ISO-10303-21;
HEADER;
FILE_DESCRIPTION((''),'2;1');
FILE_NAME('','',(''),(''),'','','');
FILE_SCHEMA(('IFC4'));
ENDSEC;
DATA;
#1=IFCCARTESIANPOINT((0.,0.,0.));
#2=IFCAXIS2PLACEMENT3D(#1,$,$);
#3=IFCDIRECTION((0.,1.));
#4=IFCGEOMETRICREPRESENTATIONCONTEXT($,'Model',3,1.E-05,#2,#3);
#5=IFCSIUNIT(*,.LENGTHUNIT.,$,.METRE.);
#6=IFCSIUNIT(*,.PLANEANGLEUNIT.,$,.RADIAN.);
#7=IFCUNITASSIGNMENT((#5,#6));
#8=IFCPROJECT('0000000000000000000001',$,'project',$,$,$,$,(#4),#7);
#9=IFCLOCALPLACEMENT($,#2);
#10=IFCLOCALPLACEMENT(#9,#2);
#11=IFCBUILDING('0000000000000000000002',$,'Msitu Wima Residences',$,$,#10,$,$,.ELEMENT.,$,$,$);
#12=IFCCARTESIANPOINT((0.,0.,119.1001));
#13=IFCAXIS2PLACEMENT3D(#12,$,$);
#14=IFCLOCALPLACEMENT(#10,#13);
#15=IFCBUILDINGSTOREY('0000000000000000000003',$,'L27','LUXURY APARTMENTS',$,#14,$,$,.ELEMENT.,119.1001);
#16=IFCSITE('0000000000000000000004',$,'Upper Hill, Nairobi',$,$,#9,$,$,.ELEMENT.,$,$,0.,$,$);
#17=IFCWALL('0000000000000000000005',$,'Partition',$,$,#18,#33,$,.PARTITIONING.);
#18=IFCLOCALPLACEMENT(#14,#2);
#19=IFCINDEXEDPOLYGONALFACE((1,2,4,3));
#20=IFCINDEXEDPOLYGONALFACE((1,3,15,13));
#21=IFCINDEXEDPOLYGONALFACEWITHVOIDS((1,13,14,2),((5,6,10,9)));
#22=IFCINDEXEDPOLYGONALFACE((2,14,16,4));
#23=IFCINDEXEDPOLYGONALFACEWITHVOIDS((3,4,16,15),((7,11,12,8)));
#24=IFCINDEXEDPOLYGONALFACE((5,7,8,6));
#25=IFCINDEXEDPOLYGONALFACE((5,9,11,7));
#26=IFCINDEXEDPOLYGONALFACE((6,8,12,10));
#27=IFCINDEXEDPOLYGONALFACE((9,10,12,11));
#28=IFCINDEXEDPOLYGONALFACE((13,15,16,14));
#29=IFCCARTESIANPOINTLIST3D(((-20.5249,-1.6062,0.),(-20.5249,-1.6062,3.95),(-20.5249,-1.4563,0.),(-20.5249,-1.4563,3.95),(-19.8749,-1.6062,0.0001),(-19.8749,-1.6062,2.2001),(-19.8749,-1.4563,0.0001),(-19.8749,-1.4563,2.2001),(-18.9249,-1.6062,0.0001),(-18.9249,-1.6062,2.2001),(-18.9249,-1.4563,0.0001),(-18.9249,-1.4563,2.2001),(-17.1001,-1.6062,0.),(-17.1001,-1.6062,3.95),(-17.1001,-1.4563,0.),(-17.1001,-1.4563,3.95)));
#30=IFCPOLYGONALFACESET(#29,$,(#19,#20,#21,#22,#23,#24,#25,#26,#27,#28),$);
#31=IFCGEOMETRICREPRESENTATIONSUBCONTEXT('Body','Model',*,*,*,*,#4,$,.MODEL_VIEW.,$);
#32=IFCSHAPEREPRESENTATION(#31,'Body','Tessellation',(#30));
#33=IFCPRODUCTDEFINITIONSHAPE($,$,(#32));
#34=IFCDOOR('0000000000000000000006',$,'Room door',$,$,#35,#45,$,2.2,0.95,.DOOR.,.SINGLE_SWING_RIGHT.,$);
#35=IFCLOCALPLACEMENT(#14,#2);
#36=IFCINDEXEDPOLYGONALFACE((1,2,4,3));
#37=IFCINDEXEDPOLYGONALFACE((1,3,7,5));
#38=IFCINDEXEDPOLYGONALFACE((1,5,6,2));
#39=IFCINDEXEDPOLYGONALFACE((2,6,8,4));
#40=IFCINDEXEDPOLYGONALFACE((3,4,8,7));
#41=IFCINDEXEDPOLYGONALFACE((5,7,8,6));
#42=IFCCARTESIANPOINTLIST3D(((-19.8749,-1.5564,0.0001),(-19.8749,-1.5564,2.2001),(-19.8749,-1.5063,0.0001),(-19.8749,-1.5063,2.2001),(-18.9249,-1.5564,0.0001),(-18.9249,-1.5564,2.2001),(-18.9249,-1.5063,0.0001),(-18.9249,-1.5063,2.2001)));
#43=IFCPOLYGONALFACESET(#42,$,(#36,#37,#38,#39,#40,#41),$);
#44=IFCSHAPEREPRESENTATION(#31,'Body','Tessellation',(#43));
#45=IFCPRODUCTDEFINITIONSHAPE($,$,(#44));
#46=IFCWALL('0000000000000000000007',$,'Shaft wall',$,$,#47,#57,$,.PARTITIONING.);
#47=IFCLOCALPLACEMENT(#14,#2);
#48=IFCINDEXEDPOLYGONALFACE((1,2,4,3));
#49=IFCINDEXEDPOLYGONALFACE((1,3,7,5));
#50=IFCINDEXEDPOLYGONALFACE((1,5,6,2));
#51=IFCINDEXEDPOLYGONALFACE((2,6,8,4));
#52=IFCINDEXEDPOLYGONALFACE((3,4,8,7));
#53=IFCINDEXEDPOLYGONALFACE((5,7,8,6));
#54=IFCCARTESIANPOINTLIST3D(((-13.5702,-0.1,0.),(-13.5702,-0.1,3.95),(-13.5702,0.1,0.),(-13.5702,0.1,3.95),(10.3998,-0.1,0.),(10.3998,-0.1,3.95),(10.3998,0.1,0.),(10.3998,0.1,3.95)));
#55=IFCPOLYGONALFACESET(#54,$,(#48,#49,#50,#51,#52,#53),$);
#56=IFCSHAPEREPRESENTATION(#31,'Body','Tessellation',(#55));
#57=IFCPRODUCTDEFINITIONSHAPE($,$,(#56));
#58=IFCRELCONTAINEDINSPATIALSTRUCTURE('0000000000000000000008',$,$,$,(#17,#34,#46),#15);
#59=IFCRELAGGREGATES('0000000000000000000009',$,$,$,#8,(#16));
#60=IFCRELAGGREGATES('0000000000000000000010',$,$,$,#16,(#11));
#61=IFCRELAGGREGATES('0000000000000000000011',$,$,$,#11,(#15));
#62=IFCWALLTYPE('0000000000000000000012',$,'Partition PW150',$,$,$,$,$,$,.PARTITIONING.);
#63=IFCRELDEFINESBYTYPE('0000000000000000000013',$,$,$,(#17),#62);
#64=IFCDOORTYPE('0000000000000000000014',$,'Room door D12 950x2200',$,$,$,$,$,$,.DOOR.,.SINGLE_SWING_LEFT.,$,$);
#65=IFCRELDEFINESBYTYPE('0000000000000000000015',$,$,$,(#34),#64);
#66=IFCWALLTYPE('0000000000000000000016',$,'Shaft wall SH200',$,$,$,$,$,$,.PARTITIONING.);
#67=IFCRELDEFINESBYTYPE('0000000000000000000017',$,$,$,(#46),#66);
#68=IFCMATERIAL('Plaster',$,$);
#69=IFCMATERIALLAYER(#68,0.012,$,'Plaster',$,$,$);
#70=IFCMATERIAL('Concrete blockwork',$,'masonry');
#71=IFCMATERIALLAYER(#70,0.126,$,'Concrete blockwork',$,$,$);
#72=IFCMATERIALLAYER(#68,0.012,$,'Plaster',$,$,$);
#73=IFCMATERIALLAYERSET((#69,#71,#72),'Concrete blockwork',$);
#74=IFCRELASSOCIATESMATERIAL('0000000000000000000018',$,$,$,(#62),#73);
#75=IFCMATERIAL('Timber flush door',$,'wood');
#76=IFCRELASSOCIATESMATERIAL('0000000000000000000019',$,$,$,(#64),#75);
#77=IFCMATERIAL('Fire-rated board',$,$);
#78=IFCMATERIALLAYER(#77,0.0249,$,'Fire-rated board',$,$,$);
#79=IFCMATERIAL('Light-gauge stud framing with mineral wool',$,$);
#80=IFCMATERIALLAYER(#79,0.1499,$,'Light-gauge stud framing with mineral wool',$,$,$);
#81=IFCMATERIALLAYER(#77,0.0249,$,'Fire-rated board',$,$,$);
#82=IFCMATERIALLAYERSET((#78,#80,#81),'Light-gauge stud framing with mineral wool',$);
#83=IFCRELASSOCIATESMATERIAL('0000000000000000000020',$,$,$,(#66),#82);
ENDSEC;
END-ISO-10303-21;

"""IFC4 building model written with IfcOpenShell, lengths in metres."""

from ifc_helpers import new_model, si_unit, direction, frame, frame_2d, origin, place, context, subcontext, project, spatial, rectangle, extrude, material, layer, layer_set, type_object, element, fill, save


model = new_model("IFC4")

# Units and contexts
model_context = context("Model", 3, precision=1e-05, world=origin(), true_north=direction((0.0, 1.0)))
body_context = subcontext(model_context, "Body", "Model", "MODEL_VIEW")
ifc_project = project(units=[si_unit("LENGTHUNIT", "METRE"), si_unit("PLANEANGLEUNIT", "RADIAN")], contexts=[model_context])

# Site, building, storey
site_placement = place(None, origin())
site = spatial("IfcSite", under=ifc_project, at=site_placement, Name="Upper Hill, Nairobi", CompositionType="ELEMENT", RefElevation=0.0)
building_placement = place(site_placement, origin())
building = spatial("IfcBuilding", under=site, at=building_placement, Name="Msitu Wima Residences", CompositionType="ELEMENT")
storey_placement = place(building_placement, frame((0.0, 0.0, 119.1001)))
storey = spatial("IfcBuildingStorey", under=building, at=storey_placement, Name="L27", Description="LUXURY APARTMENTS", CompositionType="ELEMENT", Elevation=119.1001)

# Wall, opening, door
ifc_material_1 = material(Name="Plaster")
ifc_layer_1 = layer(ifc_material_1, 0.012, Name="Plaster")
ifc_material_2 = material(Name="Concrete blockwork", Category="masonry")
ifc_layer_2 = layer(ifc_material_2, 0.126, Name="Concrete blockwork")
ifc_layer_3 = layer(ifc_material_1, 0.012, Name="Plaster")
ifc_layer_set_1 = layer_set([ifc_layer_1, ifc_layer_2, ifc_layer_3], Name="Concrete blockwork")
wall_type_1 = type_object("IfcWallType", Name="Partition PW150", PredefinedType="PARTITIONING", material=ifc_layer_set_1)
wall_1_placement = place(storey_placement, frame((-20.5249, -1.5312, 0.0), z_axis=(0.0, 0.0, 1.0), x_axis=(1.0, 0.0, 0.0)))
wall_1 = element("IfcWall", 1, at=wall_1_placement, inside=storey, type_object=wall_type_1, Name="Partition", PredefinedType="PARTITIONING", context=body_context, shape_type="SweptSolid", body=[
    extrude(rectangle(XDim=3.4248, YDim=0.1499, at=frame_2d((1.7124, 0.0))), origin(), (0.0, 0.0, 1.0), 3.95),
])
opening_1_placement = place(wall_1_placement, frame((0.6499, 0.0, 0.0)))
opening_1 = element("IfcOpeningElement", 2, at=opening_1_placement, cuts=wall_1, PredefinedType="OPENING", context=body_context, shape_type="SweptSolid", body=[
    extrude(rectangle(XDim=0.95, YDim=2.2, at=frame_2d((0.4751, 1.1001))), frame((0.0, 0.085, 0.0), z_axis=(0.0, -1.0, 0.0), x_axis=(1.0, 0.0, 0.0)), (0.0, 0.0, 1.0), 0.1699),
])
ifc_material_3 = material(Name="Timber flush door", Category="wood")
door_type_1 = type_object("IfcDoorType", Name="Room door D12 950x2200", OperationType="SINGLE_SWING_LEFT", PredefinedType="DOOR", material=ifc_material_3)
door_1_placement = place(opening_1_placement, origin())
door_1 = element("IfcDoor", 3, at=door_1_placement, inside=storey, type_object=door_type_1, Name="Room door", OperationType="SINGLE_SWING_RIGHT", OverallHeight=2.2, OverallWidth=0.95, PredefinedType="DOOR", context=body_context, shape_type="SweptSolid", body=[
    extrude(rectangle(XDim=0.95, YDim=2.2, at=frame_2d((0.4751, 1.1001))), frame((0.0, 0.0249, 0.0), z_axis=(0.0, -1.0, 0.0), x_axis=(1.0, 0.0, 0.0)), (0.0, 0.0, 1.0), 0.05),
])
fill(opening_1, door_1)

# Wall
ifc_material_4 = material(Name="Fire-rated board")
ifc_layer_4 = layer(ifc_material_4, 0.0249, Name="Fire-rated board")
ifc_material_5 = material(Name="Light-gauge stud framing with mineral wool")
ifc_layer_5 = layer(ifc_material_5, 0.1499, Name="Light-gauge stud framing with mineral wool")
ifc_layer_6 = layer(ifc_material_4, 0.0249, Name="Fire-rated board")
ifc_layer_set_2 = layer_set([ifc_layer_4, ifc_layer_5, ifc_layer_6], Name="Light-gauge stud framing with mineral wool")
wall_type_2 = type_object("IfcWallType", Name="Shaft wall SH200", PredefinedType="PARTITIONING", material=ifc_layer_set_2)
wall_2_placement = place(storey_placement, frame((-13.5701, 0.0, 0.0), z_axis=(0.0, 0.0, 1.0), x_axis=(1.0, 0.0, 0.0)))
element("IfcWall", 4, at=wall_2_placement, inside=storey, type_object=wall_type_2, Name="Shaft wall", PredefinedType="PARTITIONING", context=body_context, shape_type="SweptSolid", body=[
    extrude(rectangle(XDim=23.97, YDim=0.2, at=frame_2d((11.9849, 0.0))), origin(), (0.0, 0.0, 1.0), 3.95),
])

save(model, "model.ifc")
